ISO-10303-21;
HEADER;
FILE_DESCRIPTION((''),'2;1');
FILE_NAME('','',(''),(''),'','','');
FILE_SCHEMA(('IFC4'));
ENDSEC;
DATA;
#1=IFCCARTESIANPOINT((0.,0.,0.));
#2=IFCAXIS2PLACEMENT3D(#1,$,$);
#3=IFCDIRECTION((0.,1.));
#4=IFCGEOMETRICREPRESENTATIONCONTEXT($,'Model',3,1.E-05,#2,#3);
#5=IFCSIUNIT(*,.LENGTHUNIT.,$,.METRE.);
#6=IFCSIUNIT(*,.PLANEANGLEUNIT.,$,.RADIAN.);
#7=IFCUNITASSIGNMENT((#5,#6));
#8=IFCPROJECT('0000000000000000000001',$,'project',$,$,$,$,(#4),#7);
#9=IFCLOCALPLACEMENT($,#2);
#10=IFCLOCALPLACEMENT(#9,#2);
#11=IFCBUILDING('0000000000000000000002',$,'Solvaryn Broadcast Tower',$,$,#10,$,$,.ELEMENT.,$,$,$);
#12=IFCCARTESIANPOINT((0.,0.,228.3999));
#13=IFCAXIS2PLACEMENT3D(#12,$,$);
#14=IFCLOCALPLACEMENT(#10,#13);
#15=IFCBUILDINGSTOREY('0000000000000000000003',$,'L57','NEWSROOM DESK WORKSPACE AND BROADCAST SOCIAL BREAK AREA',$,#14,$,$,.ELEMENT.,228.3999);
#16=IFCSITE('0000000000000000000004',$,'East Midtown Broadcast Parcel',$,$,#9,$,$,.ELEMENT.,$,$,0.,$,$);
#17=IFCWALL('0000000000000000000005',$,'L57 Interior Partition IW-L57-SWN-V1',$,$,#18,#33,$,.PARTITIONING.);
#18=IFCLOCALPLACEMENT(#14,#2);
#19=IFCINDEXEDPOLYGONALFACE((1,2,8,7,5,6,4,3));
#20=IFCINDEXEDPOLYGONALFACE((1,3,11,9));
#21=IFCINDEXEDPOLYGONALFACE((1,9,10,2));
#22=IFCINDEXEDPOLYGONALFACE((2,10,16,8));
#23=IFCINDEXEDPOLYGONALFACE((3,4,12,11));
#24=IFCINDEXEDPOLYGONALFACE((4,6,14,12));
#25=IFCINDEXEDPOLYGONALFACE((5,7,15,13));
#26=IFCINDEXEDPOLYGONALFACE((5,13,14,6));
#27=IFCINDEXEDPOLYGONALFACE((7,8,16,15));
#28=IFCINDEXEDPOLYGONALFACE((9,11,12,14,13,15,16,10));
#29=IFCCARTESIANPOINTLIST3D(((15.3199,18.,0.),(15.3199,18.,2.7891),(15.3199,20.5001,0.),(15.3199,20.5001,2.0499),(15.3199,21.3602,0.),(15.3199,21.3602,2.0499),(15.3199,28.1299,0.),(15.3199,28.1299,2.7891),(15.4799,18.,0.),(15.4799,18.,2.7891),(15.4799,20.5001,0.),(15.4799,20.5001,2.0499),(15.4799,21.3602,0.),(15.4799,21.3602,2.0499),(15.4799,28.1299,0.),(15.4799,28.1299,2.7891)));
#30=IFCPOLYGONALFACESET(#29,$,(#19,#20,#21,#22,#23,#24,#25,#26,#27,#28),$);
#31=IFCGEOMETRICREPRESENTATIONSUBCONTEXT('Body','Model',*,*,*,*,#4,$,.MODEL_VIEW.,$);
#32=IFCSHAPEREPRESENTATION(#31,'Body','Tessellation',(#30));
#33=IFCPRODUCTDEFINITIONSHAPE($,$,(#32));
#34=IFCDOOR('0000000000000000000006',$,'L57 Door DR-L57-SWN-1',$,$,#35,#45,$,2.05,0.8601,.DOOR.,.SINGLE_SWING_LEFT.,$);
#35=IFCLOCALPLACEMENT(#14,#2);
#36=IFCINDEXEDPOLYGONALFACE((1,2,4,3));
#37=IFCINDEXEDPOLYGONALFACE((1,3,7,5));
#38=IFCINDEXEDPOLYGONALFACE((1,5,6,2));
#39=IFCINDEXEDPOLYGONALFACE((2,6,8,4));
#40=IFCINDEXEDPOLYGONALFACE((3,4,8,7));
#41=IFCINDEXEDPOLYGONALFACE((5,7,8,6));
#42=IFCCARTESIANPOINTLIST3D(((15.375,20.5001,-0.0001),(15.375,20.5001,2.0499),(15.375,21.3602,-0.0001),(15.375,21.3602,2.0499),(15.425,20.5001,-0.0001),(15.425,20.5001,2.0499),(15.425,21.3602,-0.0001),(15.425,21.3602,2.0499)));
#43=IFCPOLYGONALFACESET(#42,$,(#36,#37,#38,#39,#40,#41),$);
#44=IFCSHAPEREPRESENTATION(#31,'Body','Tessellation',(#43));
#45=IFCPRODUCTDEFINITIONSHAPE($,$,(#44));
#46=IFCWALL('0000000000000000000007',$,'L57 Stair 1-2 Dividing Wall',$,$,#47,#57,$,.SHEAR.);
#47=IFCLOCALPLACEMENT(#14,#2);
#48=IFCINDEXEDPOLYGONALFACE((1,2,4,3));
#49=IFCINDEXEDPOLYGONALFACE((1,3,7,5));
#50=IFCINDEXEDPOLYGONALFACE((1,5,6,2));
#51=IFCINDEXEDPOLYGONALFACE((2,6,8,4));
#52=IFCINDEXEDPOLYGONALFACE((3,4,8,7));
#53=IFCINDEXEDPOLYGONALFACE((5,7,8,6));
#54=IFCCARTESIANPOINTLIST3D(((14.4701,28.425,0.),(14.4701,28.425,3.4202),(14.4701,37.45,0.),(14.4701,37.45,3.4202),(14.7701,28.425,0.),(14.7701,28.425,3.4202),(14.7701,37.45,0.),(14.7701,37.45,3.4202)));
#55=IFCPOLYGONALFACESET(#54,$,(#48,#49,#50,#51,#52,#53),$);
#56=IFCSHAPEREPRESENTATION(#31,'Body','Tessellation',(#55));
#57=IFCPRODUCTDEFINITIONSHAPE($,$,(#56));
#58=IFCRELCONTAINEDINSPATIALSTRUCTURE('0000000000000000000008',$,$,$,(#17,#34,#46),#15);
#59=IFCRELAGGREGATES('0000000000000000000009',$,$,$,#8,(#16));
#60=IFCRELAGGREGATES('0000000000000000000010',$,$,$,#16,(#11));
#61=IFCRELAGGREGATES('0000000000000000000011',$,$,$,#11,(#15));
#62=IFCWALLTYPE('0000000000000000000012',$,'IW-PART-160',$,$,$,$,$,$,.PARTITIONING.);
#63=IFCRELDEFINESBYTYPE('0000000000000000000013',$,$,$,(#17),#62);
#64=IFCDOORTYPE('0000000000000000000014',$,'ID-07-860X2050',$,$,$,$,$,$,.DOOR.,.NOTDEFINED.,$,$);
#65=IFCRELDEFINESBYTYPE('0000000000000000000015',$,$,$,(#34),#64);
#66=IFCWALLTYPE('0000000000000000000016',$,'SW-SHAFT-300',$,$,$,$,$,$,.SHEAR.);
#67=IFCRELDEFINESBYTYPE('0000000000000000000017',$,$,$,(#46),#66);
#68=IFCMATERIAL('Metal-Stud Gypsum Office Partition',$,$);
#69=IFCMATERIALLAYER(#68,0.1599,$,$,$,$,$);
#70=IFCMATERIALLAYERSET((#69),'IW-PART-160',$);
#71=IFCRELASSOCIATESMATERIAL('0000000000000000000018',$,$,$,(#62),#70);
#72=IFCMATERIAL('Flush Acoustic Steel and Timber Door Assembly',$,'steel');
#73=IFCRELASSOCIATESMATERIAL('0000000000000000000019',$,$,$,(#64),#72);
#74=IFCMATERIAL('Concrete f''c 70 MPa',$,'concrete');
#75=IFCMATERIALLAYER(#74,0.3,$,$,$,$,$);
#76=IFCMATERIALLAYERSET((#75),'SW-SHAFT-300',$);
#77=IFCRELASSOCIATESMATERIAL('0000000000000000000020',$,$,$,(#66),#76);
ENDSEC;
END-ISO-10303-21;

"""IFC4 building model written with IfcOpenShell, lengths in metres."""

from ifc_helpers import new_model, si_unit, direction, frame, frame_2d, origin, place, context, subcontext, project, spatial, rectangle, extrude, material, layer, layer_set, type_object, element, fill, save


model = new_model("IFC4")

# Units and contexts
model_context = context("Model", 3, precision=1e-05, world=origin(), true_north=direction((0.0, 1.0)))
body_context = subcontext(model_context, "Body", "Model", "MODEL_VIEW")
ifc_project = project(units=[si_unit("LENGTHUNIT", "METRE"), si_unit("PLANEANGLEUNIT", "RADIAN")], contexts=[model_context])

# Site, building, storey
site_placement = place(None, origin())
site = spatial("IfcSite", under=ifc_project, at=site_placement, Name="East Midtown Broadcast Parcel", CompositionType="ELEMENT", RefElevation=0.0)
building_placement = place(site_placement, origin())
building = spatial("IfcBuilding", under=site, at=building_placement, Name="Solvaryn Broadcast Tower", CompositionType="ELEMENT")
storey_placement = place(building_placement, frame((0.0, 0.0, 228.3999)))
storey = spatial("IfcBuildingStorey", under=building, at=storey_placement, Name="L57", Description="NEWSROOM DESK WORKSPACE AND BROADCAST SOCIAL BREAK AREA", CompositionType="ELEMENT", Elevation=228.3999)

# Wall, opening, door
ifc_material_1 = material(Name="Metal-Stud Gypsum Office Partition")
ifc_layer_1 = layer(ifc_material_1, 0.1599)
ifc_layer_set_1 = layer_set([ifc_layer_1], Name="IW-PART-160")
wall_type_1 = type_object("IfcWallType", Name="IW-PART-160", PredefinedType="PARTITIONING", material=ifc_layer_set_1)
wall_1_placement = place(storey_placement, frame((15.3999, 18.0, 0.0), z_axis=(0.0, 0.0, 1.0), x_axis=(0.0, 1.0, 0.0)))
wall_1 = element("IfcWall", 1, at=wall_1_placement, inside=storey, type_object=wall_type_1, Name="L57 Interior Partition IW-L57-SWN-V1", PredefinedType="PARTITIONING", context=body_context, shape_type="SweptSolid", body=[
    extrude(rectangle(XDim=10.1299, YDim=0.1599, at=frame_2d((5.0649, 0.0))), origin(), (0.0, 0.0, 1.0), 2.7891),
])
opening_1_placement = place(wall_1_placement, frame((2.5, 0.0, 0.0)))
opening_1 = element("IfcOpeningElement", 2, at=opening_1_placement, cuts=wall_1, PredefinedType="OPENING", context=body_context, shape_type="SweptSolid", body=[
    extrude(rectangle(XDim=0.8601, YDim=2.05, at=frame_2d((0.4302, 1.0249))), frame((0.0, 0.0901, 0.0), z_axis=(0.0, -1.0, 0.0), x_axis=(1.0, 0.0, 0.0)), (0.0, 0.0, 1.0), 0.1799),
])
ifc_material_2 = material(Name="Flush Acoustic Steel and Timber Door Assembly", Category="steel")
door_type_1 = type_object("IfcDoorType", Name="ID-07-860X2050", OperationType="NOTDEFINED", PredefinedType="DOOR", material=ifc_material_2)
door_1_placement = place(opening_1_placement, origin())
door_1 = element("IfcDoor", 3, at=door_1_placement, inside=storey, type_object=door_type_1, Name="L57 Door DR-L57-SWN-1", OperationType="SINGLE_SWING_LEFT", OverallHeight=2.05, OverallWidth=0.8601, PredefinedType="DOOR", context=body_context, shape_type="SweptSolid", body=[
    extrude(rectangle(XDim=0.8601, YDim=2.05, at=frame_2d((0.4302, 1.0249))), frame((0.0, 0.0249, 0.0), z_axis=(0.0, -1.0, 0.0), x_axis=(1.0, 0.0, 0.0)), (0.0, 0.0, 1.0), 0.05),
])
fill(opening_1, door_1)

# Wall
ifc_material_3 = material(Name="Concrete f'c 70 MPa", Category="concrete")
ifc_layer_2 = layer(ifc_material_3, 0.3)
ifc_layer_set_2 = layer_set([ifc_layer_2], Name="SW-SHAFT-300")
wall_type_2 = type_object("IfcWallType", Name="SW-SHAFT-300", PredefinedType="SHEAR", material=ifc_layer_set_2)
wall_2_placement = place(storey_placement, frame((14.6201, 28.425, 0.0), z_axis=(0.0, 0.0, 1.0), x_axis=(0.0, 1.0, 0.0)))
element("IfcWall", 4, at=wall_2_placement, inside=storey, type_object=wall_type_2, Name="L57 Stair 1-2 Dividing Wall", PredefinedType="SHEAR", context=body_context, shape_type="SweptSolid", body=[
    extrude(rectangle(XDim=9.0249, YDim=0.3, at=frame_2d((4.5125, 0.0))), origin(), (0.0, 0.0, 1.0), 3.4202),
])

save(model, "model.ifc")
